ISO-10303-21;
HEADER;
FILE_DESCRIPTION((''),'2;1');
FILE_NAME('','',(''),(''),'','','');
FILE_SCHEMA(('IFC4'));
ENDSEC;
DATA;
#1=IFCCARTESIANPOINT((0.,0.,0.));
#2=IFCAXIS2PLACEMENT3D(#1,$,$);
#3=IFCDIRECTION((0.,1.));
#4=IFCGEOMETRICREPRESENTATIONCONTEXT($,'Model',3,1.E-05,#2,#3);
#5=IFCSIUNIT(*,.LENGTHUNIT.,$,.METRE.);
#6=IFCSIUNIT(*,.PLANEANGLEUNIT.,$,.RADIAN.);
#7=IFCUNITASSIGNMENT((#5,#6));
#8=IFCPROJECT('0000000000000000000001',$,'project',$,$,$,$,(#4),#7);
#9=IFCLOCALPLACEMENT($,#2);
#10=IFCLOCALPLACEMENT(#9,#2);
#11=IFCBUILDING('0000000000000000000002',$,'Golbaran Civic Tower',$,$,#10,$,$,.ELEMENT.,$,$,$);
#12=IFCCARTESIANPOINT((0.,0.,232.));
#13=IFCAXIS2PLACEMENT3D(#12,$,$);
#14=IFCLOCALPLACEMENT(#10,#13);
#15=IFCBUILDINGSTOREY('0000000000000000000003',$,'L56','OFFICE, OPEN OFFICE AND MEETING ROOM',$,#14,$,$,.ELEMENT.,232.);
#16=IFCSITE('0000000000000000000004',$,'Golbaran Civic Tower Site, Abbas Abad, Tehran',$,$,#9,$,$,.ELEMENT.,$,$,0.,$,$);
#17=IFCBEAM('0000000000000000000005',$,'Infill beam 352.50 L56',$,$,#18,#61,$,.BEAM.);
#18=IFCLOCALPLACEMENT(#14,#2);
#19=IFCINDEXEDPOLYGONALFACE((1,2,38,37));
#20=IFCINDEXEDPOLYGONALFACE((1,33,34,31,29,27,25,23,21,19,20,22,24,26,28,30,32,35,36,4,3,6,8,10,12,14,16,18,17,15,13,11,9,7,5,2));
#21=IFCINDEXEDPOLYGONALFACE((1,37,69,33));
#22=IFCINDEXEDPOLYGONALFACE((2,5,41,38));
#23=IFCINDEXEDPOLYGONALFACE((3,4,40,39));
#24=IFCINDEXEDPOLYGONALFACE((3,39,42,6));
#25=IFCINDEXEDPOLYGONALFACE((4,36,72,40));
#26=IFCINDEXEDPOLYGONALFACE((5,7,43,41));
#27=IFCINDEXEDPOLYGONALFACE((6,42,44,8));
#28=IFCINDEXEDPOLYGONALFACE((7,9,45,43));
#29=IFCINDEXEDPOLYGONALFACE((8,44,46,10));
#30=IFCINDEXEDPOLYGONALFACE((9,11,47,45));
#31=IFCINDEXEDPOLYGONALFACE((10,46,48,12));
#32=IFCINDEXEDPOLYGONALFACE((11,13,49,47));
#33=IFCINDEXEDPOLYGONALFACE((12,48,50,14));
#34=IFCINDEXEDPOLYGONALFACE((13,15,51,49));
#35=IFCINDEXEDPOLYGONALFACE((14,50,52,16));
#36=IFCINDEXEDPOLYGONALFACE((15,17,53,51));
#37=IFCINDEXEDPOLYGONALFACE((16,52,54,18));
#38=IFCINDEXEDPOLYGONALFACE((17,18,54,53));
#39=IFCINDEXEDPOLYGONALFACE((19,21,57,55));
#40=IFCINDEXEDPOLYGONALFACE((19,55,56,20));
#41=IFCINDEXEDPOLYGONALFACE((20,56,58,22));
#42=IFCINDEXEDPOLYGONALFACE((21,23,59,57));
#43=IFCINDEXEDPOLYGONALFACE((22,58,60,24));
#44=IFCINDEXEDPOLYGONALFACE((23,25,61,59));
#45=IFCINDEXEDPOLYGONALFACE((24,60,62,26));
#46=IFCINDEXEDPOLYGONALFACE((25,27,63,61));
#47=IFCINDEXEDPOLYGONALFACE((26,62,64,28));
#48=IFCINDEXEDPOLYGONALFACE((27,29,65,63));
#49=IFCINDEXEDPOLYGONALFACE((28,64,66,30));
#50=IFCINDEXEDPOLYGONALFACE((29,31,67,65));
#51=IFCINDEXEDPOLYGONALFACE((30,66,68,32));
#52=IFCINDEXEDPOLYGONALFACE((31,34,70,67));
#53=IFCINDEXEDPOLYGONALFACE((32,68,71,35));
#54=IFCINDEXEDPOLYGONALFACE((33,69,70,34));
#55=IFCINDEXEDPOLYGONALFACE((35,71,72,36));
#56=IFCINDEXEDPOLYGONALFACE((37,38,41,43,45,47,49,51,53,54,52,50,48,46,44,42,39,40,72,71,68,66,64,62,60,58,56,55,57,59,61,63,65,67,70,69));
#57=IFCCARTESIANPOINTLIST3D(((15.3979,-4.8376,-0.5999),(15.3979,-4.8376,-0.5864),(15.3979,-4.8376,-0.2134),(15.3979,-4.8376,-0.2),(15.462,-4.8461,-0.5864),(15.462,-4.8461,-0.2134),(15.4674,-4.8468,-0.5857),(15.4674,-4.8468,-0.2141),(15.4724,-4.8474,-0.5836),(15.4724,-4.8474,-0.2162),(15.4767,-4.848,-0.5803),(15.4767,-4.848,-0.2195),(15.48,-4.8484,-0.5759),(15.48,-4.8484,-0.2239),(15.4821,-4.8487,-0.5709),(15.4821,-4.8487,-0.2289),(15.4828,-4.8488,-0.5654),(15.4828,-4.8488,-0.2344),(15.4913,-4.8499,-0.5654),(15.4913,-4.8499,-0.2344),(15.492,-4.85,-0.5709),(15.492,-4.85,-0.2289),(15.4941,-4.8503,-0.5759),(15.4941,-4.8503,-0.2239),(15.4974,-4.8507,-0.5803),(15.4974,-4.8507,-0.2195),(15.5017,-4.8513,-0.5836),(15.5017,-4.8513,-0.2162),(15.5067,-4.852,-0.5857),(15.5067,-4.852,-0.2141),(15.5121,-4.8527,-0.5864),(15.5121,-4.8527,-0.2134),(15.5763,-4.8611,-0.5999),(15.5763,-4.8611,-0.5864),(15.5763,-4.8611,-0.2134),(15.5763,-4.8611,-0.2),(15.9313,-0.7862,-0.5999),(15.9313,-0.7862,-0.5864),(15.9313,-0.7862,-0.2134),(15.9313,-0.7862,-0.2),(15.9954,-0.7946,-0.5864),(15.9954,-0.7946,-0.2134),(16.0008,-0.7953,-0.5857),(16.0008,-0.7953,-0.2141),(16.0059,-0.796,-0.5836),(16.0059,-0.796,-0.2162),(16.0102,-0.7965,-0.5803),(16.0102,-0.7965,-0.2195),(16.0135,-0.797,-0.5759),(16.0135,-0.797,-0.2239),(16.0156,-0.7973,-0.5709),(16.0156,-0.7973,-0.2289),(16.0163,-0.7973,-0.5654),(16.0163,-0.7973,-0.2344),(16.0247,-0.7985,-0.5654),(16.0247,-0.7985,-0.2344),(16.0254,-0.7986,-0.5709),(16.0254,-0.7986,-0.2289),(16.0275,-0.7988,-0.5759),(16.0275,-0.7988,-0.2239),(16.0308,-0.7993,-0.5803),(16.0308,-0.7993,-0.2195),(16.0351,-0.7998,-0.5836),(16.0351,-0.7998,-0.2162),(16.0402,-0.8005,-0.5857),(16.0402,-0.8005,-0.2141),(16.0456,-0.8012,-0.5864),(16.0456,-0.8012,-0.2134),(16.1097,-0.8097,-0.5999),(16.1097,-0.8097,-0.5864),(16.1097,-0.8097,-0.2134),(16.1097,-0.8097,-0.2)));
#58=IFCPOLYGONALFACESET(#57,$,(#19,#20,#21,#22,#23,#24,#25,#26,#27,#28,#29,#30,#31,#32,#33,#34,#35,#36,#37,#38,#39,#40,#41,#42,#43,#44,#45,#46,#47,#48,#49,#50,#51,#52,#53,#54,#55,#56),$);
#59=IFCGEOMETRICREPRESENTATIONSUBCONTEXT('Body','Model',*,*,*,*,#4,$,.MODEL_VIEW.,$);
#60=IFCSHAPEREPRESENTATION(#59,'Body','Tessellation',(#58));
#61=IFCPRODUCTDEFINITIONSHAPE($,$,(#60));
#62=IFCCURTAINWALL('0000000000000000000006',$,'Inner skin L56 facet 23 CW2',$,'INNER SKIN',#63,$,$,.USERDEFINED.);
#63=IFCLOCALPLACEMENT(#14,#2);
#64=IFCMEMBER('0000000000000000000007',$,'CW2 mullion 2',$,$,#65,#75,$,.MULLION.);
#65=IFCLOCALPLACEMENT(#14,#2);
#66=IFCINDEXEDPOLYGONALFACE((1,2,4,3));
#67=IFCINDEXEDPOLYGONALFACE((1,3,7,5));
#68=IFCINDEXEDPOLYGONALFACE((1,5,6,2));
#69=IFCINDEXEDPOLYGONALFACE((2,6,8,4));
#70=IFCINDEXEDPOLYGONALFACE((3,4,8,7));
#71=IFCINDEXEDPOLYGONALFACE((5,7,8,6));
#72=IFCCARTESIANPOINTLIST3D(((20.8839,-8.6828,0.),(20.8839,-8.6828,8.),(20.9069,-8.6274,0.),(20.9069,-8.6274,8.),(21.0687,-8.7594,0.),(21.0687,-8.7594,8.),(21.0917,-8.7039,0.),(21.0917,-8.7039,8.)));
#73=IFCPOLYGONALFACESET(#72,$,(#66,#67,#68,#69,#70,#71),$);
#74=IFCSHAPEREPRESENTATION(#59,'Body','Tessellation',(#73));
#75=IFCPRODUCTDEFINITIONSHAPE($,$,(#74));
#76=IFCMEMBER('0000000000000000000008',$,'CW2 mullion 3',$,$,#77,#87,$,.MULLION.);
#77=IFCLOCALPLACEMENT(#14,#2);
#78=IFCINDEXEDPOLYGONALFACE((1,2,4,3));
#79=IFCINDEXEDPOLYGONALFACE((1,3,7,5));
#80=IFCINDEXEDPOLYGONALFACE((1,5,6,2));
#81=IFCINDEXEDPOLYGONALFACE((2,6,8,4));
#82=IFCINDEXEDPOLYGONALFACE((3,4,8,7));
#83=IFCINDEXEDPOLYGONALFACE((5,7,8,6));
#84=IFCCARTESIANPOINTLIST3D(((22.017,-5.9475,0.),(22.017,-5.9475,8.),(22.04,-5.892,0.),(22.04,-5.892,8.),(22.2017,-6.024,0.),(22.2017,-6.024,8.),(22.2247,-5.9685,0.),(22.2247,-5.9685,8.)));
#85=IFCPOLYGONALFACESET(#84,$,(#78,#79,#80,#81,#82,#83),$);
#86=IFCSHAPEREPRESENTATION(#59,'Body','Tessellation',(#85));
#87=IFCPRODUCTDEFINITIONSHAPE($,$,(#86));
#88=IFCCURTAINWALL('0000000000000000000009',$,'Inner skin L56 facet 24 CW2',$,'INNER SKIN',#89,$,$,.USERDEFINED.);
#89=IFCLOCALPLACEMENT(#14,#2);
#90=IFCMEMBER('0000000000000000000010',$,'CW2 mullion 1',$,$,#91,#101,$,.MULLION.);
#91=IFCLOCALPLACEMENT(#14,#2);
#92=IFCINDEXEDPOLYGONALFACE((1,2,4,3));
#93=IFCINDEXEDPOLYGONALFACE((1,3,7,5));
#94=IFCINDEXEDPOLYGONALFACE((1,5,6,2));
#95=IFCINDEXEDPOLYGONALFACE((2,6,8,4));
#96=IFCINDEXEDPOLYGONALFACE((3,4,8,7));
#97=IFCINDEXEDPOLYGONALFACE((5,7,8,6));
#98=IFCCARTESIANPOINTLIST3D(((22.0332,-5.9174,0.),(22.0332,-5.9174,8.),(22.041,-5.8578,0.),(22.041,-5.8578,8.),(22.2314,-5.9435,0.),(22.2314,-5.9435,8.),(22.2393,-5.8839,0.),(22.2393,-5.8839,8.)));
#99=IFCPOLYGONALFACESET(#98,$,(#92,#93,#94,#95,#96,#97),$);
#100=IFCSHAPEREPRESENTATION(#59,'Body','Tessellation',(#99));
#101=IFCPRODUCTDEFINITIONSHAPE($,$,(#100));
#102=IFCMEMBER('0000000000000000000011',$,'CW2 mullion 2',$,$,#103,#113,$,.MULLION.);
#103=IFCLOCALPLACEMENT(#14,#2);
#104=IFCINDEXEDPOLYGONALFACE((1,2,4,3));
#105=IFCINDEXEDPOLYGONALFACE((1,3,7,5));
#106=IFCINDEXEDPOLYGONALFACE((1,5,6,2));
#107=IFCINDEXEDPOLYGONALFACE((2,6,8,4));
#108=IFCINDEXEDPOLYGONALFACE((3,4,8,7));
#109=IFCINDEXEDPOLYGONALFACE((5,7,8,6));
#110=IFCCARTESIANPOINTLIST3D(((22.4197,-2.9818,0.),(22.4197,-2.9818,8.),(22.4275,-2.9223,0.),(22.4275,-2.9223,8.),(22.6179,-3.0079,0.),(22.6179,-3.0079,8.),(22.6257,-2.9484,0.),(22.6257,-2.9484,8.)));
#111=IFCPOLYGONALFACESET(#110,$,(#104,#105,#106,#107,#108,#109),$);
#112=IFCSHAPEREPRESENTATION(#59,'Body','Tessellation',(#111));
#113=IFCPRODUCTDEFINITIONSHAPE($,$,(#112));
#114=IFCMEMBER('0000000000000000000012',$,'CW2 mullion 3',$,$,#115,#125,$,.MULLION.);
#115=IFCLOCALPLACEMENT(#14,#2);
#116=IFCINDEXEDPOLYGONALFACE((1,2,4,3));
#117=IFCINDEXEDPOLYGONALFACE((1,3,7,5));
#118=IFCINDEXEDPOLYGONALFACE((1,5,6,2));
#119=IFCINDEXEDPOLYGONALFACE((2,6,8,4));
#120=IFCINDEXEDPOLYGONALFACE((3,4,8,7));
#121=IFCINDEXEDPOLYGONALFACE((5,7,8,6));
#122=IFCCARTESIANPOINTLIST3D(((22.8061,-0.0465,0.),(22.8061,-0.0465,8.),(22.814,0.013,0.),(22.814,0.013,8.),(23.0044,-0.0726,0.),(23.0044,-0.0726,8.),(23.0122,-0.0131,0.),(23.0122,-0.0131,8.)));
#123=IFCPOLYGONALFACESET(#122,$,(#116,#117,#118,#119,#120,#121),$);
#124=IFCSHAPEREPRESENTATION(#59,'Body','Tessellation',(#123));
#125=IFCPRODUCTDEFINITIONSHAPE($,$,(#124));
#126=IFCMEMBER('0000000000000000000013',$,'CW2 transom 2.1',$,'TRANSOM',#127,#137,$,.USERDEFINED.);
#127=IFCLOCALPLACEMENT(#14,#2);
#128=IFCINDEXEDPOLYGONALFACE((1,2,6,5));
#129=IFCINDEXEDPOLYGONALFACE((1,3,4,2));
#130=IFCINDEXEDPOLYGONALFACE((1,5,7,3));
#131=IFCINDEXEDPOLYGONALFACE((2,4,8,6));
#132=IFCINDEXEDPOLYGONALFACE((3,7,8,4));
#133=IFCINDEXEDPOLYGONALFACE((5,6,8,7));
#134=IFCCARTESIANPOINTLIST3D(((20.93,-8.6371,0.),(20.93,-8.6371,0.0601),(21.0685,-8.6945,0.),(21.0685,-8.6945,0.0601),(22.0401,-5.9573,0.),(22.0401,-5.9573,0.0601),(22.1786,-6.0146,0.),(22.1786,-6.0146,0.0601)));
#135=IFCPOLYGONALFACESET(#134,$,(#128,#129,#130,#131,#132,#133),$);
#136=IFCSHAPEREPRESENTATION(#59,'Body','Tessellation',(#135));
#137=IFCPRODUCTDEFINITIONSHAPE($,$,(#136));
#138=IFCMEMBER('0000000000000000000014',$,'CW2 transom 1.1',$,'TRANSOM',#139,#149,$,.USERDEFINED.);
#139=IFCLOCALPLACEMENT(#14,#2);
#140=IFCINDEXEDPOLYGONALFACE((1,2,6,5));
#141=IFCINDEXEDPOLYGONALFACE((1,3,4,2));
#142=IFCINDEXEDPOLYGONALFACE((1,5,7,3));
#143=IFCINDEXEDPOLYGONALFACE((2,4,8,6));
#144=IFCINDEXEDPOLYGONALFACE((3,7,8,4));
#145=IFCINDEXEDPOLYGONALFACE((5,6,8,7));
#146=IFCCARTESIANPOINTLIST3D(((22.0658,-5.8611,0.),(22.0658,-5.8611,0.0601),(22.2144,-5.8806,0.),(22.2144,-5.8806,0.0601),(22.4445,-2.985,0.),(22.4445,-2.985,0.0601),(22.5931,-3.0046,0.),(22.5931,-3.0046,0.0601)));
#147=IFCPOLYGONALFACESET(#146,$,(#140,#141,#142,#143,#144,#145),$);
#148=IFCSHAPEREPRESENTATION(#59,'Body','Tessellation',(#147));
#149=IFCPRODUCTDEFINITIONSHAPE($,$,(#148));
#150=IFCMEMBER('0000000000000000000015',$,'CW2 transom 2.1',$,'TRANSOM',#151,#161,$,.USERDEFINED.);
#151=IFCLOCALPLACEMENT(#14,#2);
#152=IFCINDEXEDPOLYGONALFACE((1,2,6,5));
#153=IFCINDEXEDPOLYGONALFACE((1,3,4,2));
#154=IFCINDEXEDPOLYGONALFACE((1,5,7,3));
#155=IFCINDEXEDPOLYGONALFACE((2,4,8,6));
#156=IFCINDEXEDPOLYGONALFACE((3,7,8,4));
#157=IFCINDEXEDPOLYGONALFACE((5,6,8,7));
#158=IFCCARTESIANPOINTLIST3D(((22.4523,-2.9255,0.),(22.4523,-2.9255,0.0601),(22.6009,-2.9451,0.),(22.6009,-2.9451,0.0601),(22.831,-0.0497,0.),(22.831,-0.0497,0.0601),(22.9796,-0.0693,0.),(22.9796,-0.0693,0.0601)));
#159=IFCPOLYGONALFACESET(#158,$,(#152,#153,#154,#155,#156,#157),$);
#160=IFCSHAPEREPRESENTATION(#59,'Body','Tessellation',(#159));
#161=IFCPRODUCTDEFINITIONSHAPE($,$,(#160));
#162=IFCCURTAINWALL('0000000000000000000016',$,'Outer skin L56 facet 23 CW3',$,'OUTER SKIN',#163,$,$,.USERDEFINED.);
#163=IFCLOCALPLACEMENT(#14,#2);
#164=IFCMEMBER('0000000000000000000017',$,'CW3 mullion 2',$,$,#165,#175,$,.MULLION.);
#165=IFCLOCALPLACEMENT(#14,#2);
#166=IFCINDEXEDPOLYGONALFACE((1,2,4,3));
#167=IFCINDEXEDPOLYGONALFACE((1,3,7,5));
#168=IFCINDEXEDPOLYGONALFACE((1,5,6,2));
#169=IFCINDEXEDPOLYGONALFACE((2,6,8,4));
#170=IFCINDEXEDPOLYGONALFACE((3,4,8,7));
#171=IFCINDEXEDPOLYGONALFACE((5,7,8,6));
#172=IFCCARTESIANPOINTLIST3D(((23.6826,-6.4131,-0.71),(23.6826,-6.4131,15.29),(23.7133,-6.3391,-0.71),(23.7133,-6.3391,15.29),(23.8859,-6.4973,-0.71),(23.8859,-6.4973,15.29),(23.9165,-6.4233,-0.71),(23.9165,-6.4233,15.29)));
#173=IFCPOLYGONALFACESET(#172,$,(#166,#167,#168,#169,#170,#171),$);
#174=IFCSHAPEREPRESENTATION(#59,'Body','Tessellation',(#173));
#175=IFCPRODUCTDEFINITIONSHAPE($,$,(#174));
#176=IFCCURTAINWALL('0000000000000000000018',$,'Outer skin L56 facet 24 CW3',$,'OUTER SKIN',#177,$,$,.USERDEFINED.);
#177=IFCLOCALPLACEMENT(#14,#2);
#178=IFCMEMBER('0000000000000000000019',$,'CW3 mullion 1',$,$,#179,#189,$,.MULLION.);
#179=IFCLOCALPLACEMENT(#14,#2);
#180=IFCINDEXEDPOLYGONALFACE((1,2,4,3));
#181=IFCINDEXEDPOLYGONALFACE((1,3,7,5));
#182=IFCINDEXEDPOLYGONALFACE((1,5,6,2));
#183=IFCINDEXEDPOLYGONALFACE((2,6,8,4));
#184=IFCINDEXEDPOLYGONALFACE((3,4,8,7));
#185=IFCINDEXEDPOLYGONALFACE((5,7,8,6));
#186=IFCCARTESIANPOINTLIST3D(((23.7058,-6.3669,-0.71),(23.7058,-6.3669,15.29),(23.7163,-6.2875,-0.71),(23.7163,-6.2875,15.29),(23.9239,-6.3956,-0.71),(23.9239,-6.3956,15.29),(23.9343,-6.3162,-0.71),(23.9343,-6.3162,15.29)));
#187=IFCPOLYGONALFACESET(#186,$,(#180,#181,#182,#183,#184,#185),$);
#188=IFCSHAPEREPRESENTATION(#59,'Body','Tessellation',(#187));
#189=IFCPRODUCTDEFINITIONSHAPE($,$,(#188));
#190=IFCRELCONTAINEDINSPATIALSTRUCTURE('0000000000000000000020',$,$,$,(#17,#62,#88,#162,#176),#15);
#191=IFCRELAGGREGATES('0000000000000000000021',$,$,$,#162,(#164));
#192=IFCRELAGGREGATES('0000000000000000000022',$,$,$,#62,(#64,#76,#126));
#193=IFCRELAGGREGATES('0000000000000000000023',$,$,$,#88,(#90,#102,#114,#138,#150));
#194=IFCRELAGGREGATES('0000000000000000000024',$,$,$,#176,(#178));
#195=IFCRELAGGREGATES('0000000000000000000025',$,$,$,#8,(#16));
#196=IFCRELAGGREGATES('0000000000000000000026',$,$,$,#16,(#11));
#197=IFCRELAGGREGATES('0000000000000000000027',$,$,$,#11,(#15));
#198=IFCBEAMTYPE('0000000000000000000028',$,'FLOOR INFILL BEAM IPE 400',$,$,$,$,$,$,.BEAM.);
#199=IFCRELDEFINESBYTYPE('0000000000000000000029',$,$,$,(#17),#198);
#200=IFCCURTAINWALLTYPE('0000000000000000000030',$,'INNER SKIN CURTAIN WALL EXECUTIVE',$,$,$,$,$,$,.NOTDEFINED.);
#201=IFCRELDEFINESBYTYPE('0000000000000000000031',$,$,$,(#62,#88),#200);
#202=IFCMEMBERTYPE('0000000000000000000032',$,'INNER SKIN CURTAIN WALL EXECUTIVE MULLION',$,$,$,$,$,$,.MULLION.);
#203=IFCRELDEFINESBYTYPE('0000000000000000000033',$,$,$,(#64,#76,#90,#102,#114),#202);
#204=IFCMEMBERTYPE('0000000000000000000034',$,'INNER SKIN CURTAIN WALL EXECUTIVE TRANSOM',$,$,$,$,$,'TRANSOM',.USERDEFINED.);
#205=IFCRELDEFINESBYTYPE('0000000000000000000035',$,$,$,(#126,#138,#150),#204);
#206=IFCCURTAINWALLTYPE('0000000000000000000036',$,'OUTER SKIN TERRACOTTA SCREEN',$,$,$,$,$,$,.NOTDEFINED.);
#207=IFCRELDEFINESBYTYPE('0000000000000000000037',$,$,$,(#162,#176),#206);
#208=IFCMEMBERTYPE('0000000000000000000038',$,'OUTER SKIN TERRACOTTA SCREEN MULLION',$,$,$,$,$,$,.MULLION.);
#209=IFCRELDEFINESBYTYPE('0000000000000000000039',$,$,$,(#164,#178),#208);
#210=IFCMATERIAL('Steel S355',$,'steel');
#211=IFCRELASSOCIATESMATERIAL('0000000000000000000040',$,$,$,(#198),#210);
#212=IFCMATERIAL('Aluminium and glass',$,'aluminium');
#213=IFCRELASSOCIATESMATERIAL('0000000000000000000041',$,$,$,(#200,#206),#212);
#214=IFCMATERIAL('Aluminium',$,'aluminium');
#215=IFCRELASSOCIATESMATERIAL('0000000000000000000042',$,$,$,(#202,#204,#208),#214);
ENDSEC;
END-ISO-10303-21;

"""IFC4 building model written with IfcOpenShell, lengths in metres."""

from ifc_helpers import new_model, si_unit, direction, frame, origin, origin_2d, place, context, subcontext, project, spatial, rectangle, i_section, extrude, material, material_profile, profile_set, type_object, element, aggregate, save


model = new_model("IFC4")

# Units and contexts
model_context = context("Model", 3, precision=1e-05, world=origin(), true_north=direction((0.0, 1.0)))
body_context = subcontext(model_context, "Body", "Model", "MODEL_VIEW")
ifc_project = project(units=[si_unit("LENGTHUNIT", "METRE"), si_unit("PLANEANGLEUNIT", "RADIAN")], contexts=[model_context])

# Site, building, storey
site_placement = place(None, origin())
site = spatial("IfcSite", under=ifc_project, at=site_placement, Name="Golbaran Civic Tower Site, Abbas Abad, Tehran", CompositionType="ELEMENT", RefElevation=0.0)
building_placement = place(site_placement, origin())
building = spatial("IfcBuilding", under=site, at=building_placement, Name="Golbaran Civic Tower", CompositionType="ELEMENT")
storey_placement = place(building_placement, frame((0.0, 0.0, 232.0)))
storey = spatial("IfcBuildingStorey", under=building, at=storey_placement, Name="L56", Description="OFFICE, OPEN OFFICE AND MEETING ROOM", CompositionType="ELEMENT", Elevation=232.0)

# Shared definitions
ifc_material_1 = material(Name="Steel S355", Category="steel")

# Beam
ifc_material_profile_1 = material_profile(ifc_material_1, i_section(OverallWidth=0.1799, OverallDepth=0.3999, WebThickness=0.0085, FlangeThickness=0.0134, FilletRadius=0.021, at=origin_2d()), Name="IPE 400")
ifc_profile_set_1 = profile_set([ifc_material_profile_1], Name="Steel S355")
beam_type_1 = type_object("IfcBeamType", Name="FLOOR INFILL BEAM IPE 400", PredefinedType="BEAM", material=ifc_profile_set_1)
beam_1_placement = place(storey_placement, frame((15.4871, -4.8494, -0.3999), z_axis=(0.13054, 0.991443, 0.0), x_axis=(-0.991443, 0.13054, 0.0)))
element("IfcBeam", 1, at=beam_1_placement, inside=storey, type_object=beam_type_1, Name="Infill beam 352.50 L56", PredefinedType="BEAM", context=body_context, shape_type="SweptSolid", body=[
    extrude(i_section(OverallWidth=0.1799, OverallDepth=0.3999, WebThickness=0.0085, FlangeThickness=0.0134, FilletRadius=0.021, at=origin_2d()), origin(), (0.0, 0.0, 1.0), 4.0864),
])

# Curtain walls, members
ifc_material_2 = material(Name="Aluminium and glass", Category="aluminium")
curtain_wall_type_1 = type_object("IfcCurtainWallType", Name="INNER SKIN CURTAIN WALL EXECUTIVE", PredefinedType="NOTDEFINED", material=ifc_material_2)
curtain_wall_1_placement = place(storey_placement, origin())
curtain_wall_1 = element("IfcCurtainWall", 2, at=curtain_wall_1_placement, inside=storey, type_object=curtain_wall_type_1, Name="Inner skin L56 facet 23 CW2", ObjectType="INNER SKIN", PredefinedType="USERDEFINED")
ifc_material_3 = material(Name="Aluminium", Category="aluminium")
ifc_material_profile_2 = material_profile(ifc_material_3, rectangle(XDim=0.2, YDim=0.0601, at=origin_2d()), Name="INNER SKIN CURTAIN WALL EXECUTIVE MULLION")
ifc_profile_set_2 = profile_set([ifc_material_profile_2], Name="Aluminium")
member_type_1 = type_object("IfcMemberType", Name="INNER SKIN CURTAIN WALL EXECUTIVE MULLION", PredefinedType="MULLION", material=ifc_profile_set_2)
member_1_placement = place(storey_placement, frame((20.9878, -8.6934, 0.0), z_axis=(0.0, 0.0, 1.0), x_axis=(-0.92388, 0.382683, 0.0)))
member_1 = element("IfcMember", 3, at=member_1_placement, type_object=member_type_1, Name="CW2 mullion 2", PredefinedType="MULLION", context=body_context, shape_type="SweptSolid", body=[
    extrude(rectangle(XDim=0.2, YDim=0.0601, at=origin_2d()), origin(), (0.0, 0.0, 1.0), 8.0),
])
member_2_placement = place(storey_placement, frame((22.1208, -5.958, 0.0), z_axis=(0.0, 0.0, 1.0), x_axis=(-0.92388, 0.382683, 0.0)))
member_2 = element("IfcMember", 4, at=member_2_placement, type_object=member_type_1, Name="CW2 mullion 3", PredefinedType="MULLION", context=body_context, shape_type="SweptSolid", body=[
    extrude(rectangle(XDim=0.2, YDim=0.0601, at=origin_2d()), origin(), (0.0, 0.0, 1.0), 8.0),
])
curtain_wall_2_placement = place(storey_placement, origin())
curtain_wall_2 = element("IfcCurtainWall", 5, at=curtain_wall_2_placement, inside=storey, type_object=curtain_wall_type_1, Name="Inner skin L56 facet 24 CW2", ObjectType="INNER SKIN", PredefinedType="USERDEFINED")
member_3_placement = place(storey_placement, frame((22.1362, -5.9006, 0.0), z_axis=(0.0, 0.0, 1.0), x_axis=(-0.991445, 0.130526, 0.0)))
member_3 = element("IfcMember", 6, at=member_3_placement, type_object=member_type_1, Name="CW2 mullion 1", PredefinedType="MULLION", context=body_context, shape_type="SweptSolid", body=[
    extrude(rectangle(XDim=0.2, YDim=0.0601, at=origin_2d()), origin(), (0.0, 0.0, 1.0), 8.0),
])
member_4_placement = place(storey_placement, frame((22.5227, -2.9651, 0.0), z_axis=(0.0, 0.0, 1.0), x_axis=(-0.991445, 0.130526, 0.0)))
member_4 = element("IfcMember", 7, at=member_4_placement, type_object=member_type_1, Name="CW2 mullion 2", PredefinedType="MULLION", context=body_context, shape_type="SweptSolid", body=[
    extrude(rectangle(XDim=0.2, YDim=0.0601, at=origin_2d()), origin(), (0.0, 0.0, 1.0), 8.0),
])
member_5_placement = place(storey_placement, frame((22.9092, -0.0298, 0.0), z_axis=(0.0, 0.0, 1.0), x_axis=(-0.991445, 0.130526, 0.0)))
member_5 = element("IfcMember", 8, at=member_5_placement, type_object=member_type_1, Name="CW2 mullion 3", PredefinedType="MULLION", context=body_context, shape_type="SweptSolid", body=[
    extrude(rectangle(XDim=0.2, YDim=0.0601, at=origin_2d()), origin(), (0.0, 0.0, 1.0), 8.0),
])

# Members
ifc_material_profile_3 = material_profile(ifc_material_3, rectangle(XDim=0.1499, YDim=0.0601, at=origin_2d()), Name="INNER SKIN CURTAIN WALL EXECUTIVE TRANSOM")
ifc_profile_set_3 = profile_set([ifc_material_profile_3], Name="Aluminium")
member_type_2 = type_object("IfcMemberType", Name="INNER SKIN CURTAIN WALL EXECUTIVE TRANSOM", ElementType="TRANSOM", PredefinedType="USERDEFINED", material=ifc_profile_set_3)
member_6_placement = place(storey_placement, frame((20.9993, -8.6658, 0.03), z_axis=(0.382696, 0.923874, 0.0), x_axis=(-0.923874, 0.382696, 0.0)))
member_6 = element("IfcMember", 9, at=member_6_placement, type_object=member_type_2, Name="CW2 transom 2.1", ObjectType="TRANSOM", PredefinedType="USERDEFINED", context=body_context, shape_type="SweptSolid", body=[
    extrude(rectangle(XDim=0.1499, YDim=0.0601, at=origin_2d()), origin(), (0.0, 0.0, 1.0), 2.9006),
])
member_7_placement = place(storey_placement, frame((22.1401, -5.8708, 0.03), z_axis=(0.130537, 0.991443, 0.0), x_axis=(-0.991443, 0.130537, 0.0)))
member_7 = element("IfcMember", 10, at=member_7_placement, type_object=member_type_2, Name="CW2 transom 1.1", ObjectType="TRANSOM", PredefinedType="USERDEFINED", context=body_context, shape_type="SweptSolid", body=[
    extrude(rectangle(XDim=0.1499, YDim=0.0601, at=origin_2d()), origin(), (0.0, 0.0, 1.0), 2.9009),
])
member_8_placement = place(storey_placement, frame((22.5266, -2.9353, 0.03), z_axis=(0.130548, 0.991442, 0.0), x_axis=(-0.991442, 0.130548, 0.0)))
member_8 = element("IfcMember", 11, at=member_8_placement, type_object=member_type_2, Name="CW2 transom 2.1", ObjectType="TRANSOM", PredefinedType="USERDEFINED", context=body_context, shape_type="SweptSolid", body=[
    extrude(rectangle(XDim=0.1499, YDim=0.0601, at=origin_2d()), origin(), (0.0, 0.0, 1.0), 2.9006),
])

# Curtain wall, member
curtain_wall_type_2 = type_object("IfcCurtainWallType", Name="OUTER SKIN TERRACOTTA SCREEN", PredefinedType="NOTDEFINED", material=ifc_material_2)
curtain_wall_3_placement = place(storey_placement, origin())
curtain_wall_3 = element("IfcCurtainWall", 12, at=curtain_wall_3_placement, inside=storey, type_object=curtain_wall_type_2, Name="Outer skin L56 facet 23 CW3", ObjectType="OUTER SKIN", PredefinedType="USERDEFINED")
ifc_material_profile_4 = material_profile(ifc_material_3, rectangle(XDim=0.22, YDim=0.0801, at=origin_2d()), Name="OUTER SKIN TERRACOTTA SCREEN MULLION")
ifc_profile_set_4 = profile_set([ifc_material_profile_4], Name="Aluminium")
member_type_3 = type_object("IfcMemberType", Name="OUTER SKIN TERRACOTTA SCREEN MULLION", PredefinedType="MULLION", material=ifc_profile_set_4)
member_9_placement = place(storey_placement, frame((23.7996, -6.4182, -0.71), z_axis=(0.0, 0.0, 1.0), x_axis=(-0.92388, 0.382683, 0.0)))
member_9 = element("IfcMember", 13, at=member_9_placement, type_object=member_type_3, Name="CW3 mullion 2", PredefinedType="MULLION", context=body_context, shape_type="SweptSolid", body=[
    extrude(rectangle(XDim=0.22, YDim=0.0801, at=origin_2d()), origin(), (0.0, 0.0, 1.0), 16.0),
])
aggregate(curtain_wall_3, [member_9])

# Curtain wall, member
curtain_wall_4_placement = place(storey_placement, origin())
curtain_wall_4 = element("IfcCurtainWall", 14, at=curtain_wall_4_placement, inside=storey, type_object=curtain_wall_type_2, Name="Outer skin L56 facet 24 CW3", ObjectType="OUTER SKIN", PredefinedType="USERDEFINED")
member_10_placement = place(storey_placement, frame((23.8201, -6.3416, -0.71), z_axis=(0.0, 0.0, 1.0), x_axis=(-0.991445, 0.130526, 0.0)))
member_10 = element("IfcMember", 15, at=member_10_placement, type_object=member_type_3, Name="CW3 mullion 1", PredefinedType="MULLION", context=body_context, shape_type="SweptSolid", body=[
    extrude(rectangle(XDim=0.22, YDim=0.0801, at=origin_2d()), origin(), (0.0, 0.0, 1.0), 16.0),
])

aggregate(curtain_wall_1, [member_1, member_2, member_6])
aggregate(curtain_wall_2, [member_3, member_4, member_5, member_7, member_8])
aggregate(curtain_wall_4, [member_10])

save(model, "model.ifc")
